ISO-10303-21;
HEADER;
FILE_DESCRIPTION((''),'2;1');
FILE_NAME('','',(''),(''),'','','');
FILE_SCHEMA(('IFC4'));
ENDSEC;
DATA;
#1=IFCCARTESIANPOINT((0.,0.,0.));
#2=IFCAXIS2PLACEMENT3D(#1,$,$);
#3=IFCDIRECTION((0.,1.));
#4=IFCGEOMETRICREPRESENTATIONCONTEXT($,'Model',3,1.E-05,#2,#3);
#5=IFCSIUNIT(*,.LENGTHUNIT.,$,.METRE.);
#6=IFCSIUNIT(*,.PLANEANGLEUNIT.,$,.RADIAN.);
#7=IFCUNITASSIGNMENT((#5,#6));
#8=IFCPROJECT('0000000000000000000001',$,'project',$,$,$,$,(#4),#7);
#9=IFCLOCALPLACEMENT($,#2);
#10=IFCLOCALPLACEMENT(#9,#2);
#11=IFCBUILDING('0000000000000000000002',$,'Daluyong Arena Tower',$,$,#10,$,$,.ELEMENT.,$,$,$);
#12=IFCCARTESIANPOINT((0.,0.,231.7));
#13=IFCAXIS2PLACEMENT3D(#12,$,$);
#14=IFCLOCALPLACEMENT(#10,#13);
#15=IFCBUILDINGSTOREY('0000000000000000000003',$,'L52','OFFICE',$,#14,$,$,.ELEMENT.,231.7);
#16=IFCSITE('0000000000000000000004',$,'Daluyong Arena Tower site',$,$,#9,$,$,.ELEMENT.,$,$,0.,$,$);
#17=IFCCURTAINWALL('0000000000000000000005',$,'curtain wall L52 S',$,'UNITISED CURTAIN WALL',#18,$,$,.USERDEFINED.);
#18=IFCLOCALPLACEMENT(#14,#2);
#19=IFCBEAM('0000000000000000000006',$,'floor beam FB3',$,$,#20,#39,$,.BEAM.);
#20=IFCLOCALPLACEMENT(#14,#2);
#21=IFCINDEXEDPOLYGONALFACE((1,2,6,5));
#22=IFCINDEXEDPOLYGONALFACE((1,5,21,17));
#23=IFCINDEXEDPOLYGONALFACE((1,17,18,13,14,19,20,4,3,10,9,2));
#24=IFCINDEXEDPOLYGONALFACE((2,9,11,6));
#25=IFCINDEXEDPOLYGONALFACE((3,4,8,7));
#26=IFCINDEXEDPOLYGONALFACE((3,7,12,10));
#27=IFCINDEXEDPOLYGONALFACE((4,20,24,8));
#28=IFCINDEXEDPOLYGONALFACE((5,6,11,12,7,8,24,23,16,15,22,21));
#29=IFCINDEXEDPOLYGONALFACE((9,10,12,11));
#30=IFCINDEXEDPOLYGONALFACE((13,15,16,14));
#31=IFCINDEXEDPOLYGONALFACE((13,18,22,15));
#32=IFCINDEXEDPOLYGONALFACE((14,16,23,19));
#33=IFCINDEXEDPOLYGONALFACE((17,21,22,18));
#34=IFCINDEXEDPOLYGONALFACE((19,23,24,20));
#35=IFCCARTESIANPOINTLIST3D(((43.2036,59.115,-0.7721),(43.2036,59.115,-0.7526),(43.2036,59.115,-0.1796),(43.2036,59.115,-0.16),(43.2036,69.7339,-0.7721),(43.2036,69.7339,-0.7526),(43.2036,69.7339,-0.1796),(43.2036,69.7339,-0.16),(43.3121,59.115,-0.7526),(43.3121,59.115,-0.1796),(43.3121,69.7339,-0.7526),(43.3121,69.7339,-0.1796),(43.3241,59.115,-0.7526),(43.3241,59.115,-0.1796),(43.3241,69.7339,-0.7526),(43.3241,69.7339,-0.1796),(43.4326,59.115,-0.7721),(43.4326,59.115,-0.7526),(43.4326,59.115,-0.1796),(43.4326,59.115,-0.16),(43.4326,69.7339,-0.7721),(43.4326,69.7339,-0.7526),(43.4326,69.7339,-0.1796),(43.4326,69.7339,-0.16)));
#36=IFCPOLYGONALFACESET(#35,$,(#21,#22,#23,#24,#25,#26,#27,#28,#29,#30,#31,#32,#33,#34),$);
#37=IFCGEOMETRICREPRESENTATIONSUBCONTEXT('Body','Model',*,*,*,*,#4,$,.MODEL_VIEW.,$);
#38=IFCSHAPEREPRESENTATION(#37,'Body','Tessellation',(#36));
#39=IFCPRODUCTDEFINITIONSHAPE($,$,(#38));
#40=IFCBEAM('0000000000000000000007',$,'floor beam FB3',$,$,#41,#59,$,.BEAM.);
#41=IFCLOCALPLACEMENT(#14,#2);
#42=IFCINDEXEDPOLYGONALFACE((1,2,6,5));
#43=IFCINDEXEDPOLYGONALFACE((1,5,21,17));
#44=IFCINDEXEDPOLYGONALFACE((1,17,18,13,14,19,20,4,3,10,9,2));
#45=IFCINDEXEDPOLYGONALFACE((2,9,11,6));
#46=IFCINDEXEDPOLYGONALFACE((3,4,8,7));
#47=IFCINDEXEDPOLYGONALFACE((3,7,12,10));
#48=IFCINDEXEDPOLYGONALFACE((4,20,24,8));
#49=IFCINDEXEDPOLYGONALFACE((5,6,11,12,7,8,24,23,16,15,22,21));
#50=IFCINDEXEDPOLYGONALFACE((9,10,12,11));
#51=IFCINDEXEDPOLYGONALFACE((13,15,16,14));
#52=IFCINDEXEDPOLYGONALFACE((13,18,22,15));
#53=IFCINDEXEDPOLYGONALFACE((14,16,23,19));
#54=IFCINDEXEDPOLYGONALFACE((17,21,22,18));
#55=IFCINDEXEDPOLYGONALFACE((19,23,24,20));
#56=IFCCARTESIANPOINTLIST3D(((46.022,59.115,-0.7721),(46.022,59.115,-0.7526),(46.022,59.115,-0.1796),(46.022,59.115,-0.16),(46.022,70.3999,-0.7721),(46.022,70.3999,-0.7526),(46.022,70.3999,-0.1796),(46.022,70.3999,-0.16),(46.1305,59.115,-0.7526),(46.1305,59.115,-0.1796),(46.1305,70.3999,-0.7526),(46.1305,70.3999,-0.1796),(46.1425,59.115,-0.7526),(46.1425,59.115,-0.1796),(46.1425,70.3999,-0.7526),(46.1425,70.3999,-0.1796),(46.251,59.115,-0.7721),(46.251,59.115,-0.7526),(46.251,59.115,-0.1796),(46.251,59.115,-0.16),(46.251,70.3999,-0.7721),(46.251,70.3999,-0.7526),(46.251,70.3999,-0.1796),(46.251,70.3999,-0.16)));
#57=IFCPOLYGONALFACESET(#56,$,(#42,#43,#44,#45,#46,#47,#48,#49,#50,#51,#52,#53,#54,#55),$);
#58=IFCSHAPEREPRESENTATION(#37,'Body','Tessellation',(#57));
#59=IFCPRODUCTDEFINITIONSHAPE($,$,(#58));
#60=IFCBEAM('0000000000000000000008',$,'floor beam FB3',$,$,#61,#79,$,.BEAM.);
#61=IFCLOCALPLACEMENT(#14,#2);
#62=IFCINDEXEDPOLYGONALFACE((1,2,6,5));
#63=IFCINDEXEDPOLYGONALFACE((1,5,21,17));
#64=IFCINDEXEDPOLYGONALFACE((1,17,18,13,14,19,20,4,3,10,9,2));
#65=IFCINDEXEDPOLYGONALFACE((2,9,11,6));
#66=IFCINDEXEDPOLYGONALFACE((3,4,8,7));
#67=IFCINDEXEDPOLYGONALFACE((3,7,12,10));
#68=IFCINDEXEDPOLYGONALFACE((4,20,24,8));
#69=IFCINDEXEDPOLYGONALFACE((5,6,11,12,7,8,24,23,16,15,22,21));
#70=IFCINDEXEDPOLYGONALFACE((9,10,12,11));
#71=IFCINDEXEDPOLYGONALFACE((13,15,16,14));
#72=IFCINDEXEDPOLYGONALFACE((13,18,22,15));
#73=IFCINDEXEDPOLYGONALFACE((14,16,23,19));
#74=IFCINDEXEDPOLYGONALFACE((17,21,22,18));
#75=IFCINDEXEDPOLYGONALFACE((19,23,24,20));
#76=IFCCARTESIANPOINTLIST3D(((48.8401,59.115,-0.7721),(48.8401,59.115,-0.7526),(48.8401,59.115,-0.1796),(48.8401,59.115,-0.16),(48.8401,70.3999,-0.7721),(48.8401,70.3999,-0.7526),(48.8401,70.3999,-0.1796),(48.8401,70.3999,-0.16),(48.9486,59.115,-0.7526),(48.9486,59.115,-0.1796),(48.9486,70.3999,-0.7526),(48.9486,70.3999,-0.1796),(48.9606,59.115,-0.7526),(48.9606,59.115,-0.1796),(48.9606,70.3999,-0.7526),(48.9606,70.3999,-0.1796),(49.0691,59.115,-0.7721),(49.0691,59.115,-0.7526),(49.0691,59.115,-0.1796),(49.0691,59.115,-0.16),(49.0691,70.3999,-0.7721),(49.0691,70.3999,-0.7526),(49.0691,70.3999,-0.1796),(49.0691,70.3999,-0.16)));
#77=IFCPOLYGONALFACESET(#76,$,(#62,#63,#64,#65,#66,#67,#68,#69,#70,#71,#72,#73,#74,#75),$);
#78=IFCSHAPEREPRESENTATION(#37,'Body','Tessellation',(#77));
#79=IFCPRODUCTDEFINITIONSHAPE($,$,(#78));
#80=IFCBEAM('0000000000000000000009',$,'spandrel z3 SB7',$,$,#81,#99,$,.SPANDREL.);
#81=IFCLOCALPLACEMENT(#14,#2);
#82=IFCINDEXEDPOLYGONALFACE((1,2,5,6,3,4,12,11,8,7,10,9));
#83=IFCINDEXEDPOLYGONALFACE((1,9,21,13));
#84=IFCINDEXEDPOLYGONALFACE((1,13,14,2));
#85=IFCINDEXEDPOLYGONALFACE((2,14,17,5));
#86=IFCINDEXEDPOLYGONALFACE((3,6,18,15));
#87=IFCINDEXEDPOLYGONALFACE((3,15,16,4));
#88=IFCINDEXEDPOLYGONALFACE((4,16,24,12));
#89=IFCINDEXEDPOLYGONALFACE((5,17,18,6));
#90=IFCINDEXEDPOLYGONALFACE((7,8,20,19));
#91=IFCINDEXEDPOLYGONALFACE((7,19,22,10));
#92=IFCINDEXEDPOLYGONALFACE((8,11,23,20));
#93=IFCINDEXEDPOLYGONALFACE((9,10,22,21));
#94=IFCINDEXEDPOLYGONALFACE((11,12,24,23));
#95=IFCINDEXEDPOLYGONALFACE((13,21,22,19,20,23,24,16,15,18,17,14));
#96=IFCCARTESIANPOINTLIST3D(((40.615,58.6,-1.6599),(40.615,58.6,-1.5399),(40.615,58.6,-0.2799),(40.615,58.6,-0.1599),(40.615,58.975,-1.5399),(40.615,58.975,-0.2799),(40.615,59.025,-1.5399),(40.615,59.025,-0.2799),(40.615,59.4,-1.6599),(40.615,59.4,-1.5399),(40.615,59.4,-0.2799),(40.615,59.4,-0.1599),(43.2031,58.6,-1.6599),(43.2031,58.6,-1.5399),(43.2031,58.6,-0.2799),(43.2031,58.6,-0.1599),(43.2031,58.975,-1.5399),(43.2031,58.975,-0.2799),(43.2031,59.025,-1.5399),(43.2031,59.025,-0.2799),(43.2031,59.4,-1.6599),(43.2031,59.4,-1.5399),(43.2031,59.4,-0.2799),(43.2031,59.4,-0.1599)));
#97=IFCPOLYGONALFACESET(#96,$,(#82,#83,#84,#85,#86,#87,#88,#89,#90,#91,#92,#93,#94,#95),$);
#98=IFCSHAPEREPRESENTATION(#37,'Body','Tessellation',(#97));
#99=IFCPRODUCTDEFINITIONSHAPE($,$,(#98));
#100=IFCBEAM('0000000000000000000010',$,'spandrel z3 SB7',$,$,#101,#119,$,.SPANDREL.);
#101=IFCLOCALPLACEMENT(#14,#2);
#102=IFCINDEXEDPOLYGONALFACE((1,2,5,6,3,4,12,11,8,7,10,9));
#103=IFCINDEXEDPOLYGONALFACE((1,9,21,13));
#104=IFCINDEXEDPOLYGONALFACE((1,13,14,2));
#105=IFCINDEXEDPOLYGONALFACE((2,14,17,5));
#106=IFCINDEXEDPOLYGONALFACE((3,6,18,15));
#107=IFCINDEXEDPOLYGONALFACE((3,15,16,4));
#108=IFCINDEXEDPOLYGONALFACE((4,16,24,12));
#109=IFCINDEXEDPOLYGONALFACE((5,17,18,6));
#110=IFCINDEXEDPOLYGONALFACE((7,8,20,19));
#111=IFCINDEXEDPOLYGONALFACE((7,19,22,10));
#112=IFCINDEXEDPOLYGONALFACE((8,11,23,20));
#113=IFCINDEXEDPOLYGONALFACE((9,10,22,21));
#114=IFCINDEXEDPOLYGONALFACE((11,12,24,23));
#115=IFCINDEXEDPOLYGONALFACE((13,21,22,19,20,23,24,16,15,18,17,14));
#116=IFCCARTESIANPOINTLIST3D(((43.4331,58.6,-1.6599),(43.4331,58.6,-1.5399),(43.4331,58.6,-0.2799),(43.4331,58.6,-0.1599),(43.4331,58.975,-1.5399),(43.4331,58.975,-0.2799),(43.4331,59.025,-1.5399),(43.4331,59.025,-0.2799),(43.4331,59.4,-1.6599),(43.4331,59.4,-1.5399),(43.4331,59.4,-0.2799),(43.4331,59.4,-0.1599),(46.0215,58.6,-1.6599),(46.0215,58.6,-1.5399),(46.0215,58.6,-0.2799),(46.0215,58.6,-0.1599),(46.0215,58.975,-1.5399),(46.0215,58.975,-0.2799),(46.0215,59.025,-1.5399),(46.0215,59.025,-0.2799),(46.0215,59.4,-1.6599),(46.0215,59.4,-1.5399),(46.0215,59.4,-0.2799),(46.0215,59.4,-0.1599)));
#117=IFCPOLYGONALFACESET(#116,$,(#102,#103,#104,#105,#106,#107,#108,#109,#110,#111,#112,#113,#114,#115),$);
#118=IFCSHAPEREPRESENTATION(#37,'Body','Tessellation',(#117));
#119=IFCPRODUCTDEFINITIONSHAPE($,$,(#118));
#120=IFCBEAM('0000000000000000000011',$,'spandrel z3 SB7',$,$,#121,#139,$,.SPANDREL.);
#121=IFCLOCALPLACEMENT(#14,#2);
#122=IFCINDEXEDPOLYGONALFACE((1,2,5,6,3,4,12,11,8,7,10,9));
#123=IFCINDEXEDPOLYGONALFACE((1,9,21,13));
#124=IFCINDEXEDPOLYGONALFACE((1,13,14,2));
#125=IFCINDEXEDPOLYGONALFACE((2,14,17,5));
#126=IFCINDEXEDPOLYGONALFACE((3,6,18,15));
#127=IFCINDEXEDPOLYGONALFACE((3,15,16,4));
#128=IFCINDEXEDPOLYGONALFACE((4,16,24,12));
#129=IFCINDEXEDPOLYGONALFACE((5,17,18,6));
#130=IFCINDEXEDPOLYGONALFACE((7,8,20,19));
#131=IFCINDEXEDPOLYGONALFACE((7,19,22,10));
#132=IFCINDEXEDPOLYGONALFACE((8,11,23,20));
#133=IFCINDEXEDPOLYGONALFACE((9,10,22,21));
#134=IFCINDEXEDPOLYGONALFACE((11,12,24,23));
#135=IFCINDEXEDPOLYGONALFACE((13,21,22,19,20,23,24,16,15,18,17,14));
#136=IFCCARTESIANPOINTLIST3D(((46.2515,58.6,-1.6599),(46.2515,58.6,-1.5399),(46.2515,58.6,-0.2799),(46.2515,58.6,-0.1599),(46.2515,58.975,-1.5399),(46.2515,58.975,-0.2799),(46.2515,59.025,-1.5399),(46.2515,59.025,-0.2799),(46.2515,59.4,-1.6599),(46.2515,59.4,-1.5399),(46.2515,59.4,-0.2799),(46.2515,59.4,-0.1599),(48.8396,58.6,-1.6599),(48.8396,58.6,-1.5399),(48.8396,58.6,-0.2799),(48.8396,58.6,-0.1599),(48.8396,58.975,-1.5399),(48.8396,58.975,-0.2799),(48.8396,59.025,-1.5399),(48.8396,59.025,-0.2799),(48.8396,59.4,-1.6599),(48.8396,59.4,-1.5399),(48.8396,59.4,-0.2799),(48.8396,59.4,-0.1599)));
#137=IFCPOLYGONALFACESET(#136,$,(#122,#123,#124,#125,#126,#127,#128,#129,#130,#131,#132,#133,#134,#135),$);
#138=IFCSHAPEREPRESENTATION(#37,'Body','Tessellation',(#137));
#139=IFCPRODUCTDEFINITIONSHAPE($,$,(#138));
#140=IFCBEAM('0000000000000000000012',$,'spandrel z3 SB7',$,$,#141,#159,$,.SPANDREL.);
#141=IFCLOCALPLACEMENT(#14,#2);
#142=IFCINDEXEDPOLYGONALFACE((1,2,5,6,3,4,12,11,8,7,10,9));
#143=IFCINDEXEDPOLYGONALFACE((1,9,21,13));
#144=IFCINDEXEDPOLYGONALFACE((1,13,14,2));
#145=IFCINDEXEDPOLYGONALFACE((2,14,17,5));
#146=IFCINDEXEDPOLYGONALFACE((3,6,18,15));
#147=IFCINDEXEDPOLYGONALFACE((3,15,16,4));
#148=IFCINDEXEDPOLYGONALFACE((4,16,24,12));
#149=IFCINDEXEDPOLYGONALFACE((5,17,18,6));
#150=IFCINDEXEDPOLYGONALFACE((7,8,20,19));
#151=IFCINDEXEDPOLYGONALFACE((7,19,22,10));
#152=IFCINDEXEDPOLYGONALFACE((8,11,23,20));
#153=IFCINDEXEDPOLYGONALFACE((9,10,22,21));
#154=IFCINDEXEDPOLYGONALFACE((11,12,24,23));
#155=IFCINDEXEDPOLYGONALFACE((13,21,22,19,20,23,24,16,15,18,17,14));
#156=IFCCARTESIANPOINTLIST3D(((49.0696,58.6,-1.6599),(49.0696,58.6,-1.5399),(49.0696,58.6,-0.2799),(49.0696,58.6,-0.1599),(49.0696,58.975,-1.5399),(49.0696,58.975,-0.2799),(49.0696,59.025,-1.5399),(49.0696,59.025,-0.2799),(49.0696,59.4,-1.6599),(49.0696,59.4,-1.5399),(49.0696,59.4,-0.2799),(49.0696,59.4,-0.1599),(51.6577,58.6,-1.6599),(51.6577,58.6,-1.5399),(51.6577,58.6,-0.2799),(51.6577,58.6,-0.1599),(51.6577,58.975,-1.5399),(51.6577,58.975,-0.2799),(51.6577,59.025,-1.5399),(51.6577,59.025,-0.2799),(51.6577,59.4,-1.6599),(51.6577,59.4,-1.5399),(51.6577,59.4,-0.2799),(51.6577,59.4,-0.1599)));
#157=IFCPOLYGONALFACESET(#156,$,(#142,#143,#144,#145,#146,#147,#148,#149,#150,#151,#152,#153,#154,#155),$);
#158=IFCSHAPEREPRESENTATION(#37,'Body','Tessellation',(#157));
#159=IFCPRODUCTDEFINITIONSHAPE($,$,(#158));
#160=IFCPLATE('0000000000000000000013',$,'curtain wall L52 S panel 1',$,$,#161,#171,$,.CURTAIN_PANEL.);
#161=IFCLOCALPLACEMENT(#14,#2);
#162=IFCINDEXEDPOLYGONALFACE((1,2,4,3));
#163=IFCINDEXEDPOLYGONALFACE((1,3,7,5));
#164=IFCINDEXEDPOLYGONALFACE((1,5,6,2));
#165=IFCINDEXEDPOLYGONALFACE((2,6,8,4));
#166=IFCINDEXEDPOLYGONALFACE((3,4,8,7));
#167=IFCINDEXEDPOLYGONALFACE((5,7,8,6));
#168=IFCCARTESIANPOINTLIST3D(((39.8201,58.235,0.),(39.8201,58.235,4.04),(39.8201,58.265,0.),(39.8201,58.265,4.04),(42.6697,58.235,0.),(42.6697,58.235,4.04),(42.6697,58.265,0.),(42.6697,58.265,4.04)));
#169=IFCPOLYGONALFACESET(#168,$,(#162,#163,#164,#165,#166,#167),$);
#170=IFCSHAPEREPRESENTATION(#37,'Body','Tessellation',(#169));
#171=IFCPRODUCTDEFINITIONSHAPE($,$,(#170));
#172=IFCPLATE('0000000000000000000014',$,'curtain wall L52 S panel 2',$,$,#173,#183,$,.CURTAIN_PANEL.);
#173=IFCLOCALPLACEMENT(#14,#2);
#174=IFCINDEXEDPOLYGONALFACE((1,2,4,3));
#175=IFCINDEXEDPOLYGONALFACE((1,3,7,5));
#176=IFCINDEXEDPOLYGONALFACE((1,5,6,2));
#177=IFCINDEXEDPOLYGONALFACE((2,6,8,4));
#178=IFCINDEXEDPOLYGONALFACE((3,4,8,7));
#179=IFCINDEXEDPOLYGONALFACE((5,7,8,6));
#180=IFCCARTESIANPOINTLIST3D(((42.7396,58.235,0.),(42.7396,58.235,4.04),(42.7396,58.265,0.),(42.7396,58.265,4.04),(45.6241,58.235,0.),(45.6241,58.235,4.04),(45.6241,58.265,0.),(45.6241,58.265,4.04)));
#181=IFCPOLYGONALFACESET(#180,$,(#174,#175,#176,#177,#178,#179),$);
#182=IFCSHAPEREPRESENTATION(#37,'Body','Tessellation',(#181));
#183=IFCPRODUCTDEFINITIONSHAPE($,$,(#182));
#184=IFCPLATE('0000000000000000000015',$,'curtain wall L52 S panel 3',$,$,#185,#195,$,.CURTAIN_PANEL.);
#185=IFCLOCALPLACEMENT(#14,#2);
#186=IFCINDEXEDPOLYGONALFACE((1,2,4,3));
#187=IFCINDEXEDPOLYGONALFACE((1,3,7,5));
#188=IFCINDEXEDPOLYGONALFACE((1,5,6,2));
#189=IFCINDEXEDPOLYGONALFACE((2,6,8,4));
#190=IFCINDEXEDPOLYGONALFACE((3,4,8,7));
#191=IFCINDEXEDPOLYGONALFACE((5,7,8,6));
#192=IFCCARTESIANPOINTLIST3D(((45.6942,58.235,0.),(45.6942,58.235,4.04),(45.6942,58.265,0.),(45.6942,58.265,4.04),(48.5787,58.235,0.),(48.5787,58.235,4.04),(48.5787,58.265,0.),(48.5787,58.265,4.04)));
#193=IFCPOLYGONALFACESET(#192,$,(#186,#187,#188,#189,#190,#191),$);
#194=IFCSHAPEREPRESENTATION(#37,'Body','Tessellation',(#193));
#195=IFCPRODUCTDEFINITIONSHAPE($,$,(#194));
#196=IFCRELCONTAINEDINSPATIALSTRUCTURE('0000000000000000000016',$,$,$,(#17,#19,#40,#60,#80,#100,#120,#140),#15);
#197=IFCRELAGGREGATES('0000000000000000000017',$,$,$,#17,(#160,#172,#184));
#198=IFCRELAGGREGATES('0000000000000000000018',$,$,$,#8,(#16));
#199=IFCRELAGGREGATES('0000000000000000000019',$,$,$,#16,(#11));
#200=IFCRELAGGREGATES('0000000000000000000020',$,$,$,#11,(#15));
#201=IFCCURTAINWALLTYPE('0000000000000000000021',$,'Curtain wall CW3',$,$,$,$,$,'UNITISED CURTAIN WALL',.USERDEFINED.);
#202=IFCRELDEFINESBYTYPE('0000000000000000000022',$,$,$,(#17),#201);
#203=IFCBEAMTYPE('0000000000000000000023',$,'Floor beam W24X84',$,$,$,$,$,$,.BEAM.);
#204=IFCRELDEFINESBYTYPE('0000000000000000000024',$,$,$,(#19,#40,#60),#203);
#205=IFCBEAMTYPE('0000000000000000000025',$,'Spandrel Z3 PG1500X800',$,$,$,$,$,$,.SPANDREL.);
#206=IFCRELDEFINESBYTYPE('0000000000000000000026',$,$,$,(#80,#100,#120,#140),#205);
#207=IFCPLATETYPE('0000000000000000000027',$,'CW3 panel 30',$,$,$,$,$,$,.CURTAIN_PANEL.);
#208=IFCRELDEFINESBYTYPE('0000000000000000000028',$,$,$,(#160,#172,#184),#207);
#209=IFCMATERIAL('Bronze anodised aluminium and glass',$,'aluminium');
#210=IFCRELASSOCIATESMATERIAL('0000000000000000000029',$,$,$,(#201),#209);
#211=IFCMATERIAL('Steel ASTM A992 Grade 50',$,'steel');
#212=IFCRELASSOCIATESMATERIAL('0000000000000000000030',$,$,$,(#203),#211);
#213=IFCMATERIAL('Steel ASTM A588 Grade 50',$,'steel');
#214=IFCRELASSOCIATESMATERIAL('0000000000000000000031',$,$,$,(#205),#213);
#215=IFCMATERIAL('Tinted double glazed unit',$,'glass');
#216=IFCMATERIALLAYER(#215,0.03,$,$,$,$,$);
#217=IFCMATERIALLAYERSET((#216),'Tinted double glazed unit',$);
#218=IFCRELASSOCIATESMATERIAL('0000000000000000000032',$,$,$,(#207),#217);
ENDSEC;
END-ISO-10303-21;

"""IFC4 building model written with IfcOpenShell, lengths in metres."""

from ifc_helpers import new_model, si_unit, direction, frame, origin, origin_2d, place, context, subcontext, project, spatial, rectangle, i_section, extrude, material, layer, layer_set, material_profile, profile_set, type_object, element, aggregate, save


model = new_model("IFC4")

# Units and contexts
model_context = context("Model", 3, precision=1e-05, world=origin(), true_north=direction((0.0, 1.0)))
body_context = subcontext(model_context, "Body", "Model", "MODEL_VIEW")
ifc_project = project(units=[si_unit("LENGTHUNIT", "METRE"), si_unit("PLANEANGLEUNIT", "RADIAN")], contexts=[model_context])

# Site, building, storey
site_placement = place(None, origin())
site = spatial("IfcSite", under=ifc_project, at=site_placement, Name="Daluyong Arena Tower site", CompositionType="ELEMENT", RefElevation=0.0)
building_placement = place(site_placement, origin())
building = spatial("IfcBuilding", under=site, at=building_placement, Name="Daluyong Arena Tower", CompositionType="ELEMENT")
storey_placement = place(building_placement, frame((0.0, 0.0, 231.7)))
storey = spatial("IfcBuildingStorey", under=building, at=storey_placement, Name="L52", Description="OFFICE", CompositionType="ELEMENT", Elevation=231.7)

# Curtain wall
ifc_material_1 = material(Name="Bronze anodised aluminium and glass", Category="aluminium")
curtain_wall_type_1 = type_object("IfcCurtainWallType", Name="Curtain wall CW3", ElementType="UNITISED CURTAIN WALL", PredefinedType="USERDEFINED", material=ifc_material_1)
curtain_wall_1_placement = place(storey_placement, origin())
curtain_wall_1 = element("IfcCurtainWall", 1, at=curtain_wall_1_placement, inside=storey, type_object=curtain_wall_type_1, Name="curtain wall L52 S", ObjectType="UNITISED CURTAIN WALL", PredefinedType="USERDEFINED")

# Beams
ifc_material_2 = material(Name="Steel ASTM A992 Grade 50", Category="steel")
ifc_material_profile_1 = material_profile(ifc_material_2, i_section(OverallWidth=0.229, OverallDepth=0.6121, WebThickness=0.012, FlangeThickness=0.0195, at=origin_2d()))
ifc_profile_set_1 = profile_set([ifc_material_profile_1], Name="Steel ASTM A992 Grade 50")
beam_type_1 = type_object("IfcBeamType", Name="Floor beam W24X84", PredefinedType="BEAM", material=ifc_profile_set_1)
beam_1_placement = place(storey_placement, frame((43.3181, 59.115, -0.4661), z_axis=(0.0, 1.0, 0.0), x_axis=(-1.0, 0.0, 0.0)))
element("IfcBeam", 2, at=beam_1_placement, inside=storey, type_object=beam_type_1, Name="floor beam FB3", PredefinedType="BEAM", context=body_context, shape_type="SweptSolid", body=[
    extrude(i_section(OverallWidth=0.229, OverallDepth=0.6121, WebThickness=0.012, FlangeThickness=0.0195, at=origin_2d()), origin(), (0.0, 0.0, 1.0), 10.6189),
])
for number, where, z_axis, x_axis, name in (
    (3, (46.1365, 59.115, -0.4661), (0.0, 1.0, 0.0), (-1.0, 0.0, 0.0), "floor beam FB3"),
    (4, (48.9546, 59.115, -0.4661), (0.0, 1.0, 0.0), (-1.0, 0.0, 0.0), "floor beam FB3"),
):
    element("IfcBeam", number, at=place(storey_placement, frame(where, z_axis=z_axis, x_axis=x_axis)), inside=storey, type_object=beam_type_1, Name=name, PredefinedType="BEAM", context=body_context, shape_type="SweptSolid", body=[
        extrude(i_section(OverallWidth=0.229, OverallDepth=0.6121, WebThickness=0.012, FlangeThickness=0.0195, at=origin_2d()), origin(), (0.0, 0.0, 1.0), 11.2849),
    ])
ifc_material_3 = material(Name="Steel ASTM A588 Grade 50", Category="steel")
ifc_material_profile_2 = material_profile(ifc_material_3, i_section(OverallWidth=0.8, OverallDepth=1.5, WebThickness=0.05, FlangeThickness=0.12, at=origin_2d()))
ifc_profile_set_2 = profile_set([ifc_material_profile_2], Name="Steel ASTM A588 Grade 50")
beam_type_2 = type_object("IfcBeamType", Name="Spandrel Z3 PG1500X800", PredefinedType="SPANDREL", material=ifc_profile_set_2)
beam_2_placement = place(storey_placement, frame((40.615, 59.0, -0.9099), z_axis=(1.0, 0.0, 0.0), x_axis=(0.0, 1.0, 0.0)))
element("IfcBeam", 5, at=beam_2_placement, inside=storey, type_object=beam_type_2, Name="spandrel z3 SB7", PredefinedType="SPANDREL", context=body_context, shape_type="SweptSolid", body=[
    extrude(i_section(OverallWidth=0.8, OverallDepth=1.5, WebThickness=0.05, FlangeThickness=0.12, at=origin_2d()), origin(), (0.0, 0.0, 1.0), 2.5881),
])
beam_3_placement = place(storey_placement, frame((43.4331, 59.0, -0.9099), z_axis=(1.0, 0.0, 0.0), x_axis=(0.0, 1.0, 0.0)))
element("IfcBeam", 6, at=beam_3_placement, inside=storey, type_object=beam_type_2, Name="spandrel z3 SB7", PredefinedType="SPANDREL", context=body_context, shape_type="SweptSolid", body=[
    extrude(i_section(OverallWidth=0.8, OverallDepth=1.5, WebThickness=0.05, FlangeThickness=0.12, at=origin_2d()), origin(), (0.0, 0.0, 1.0), 2.5884),
])
for number, where, z_axis, x_axis, name in (
    (7, (46.2515, 59.0, -0.9099), (1.0, 0.0, 0.0), (0.0, 1.0, 0.0), "spandrel z3 SB7"),
    (8, (49.0696, 59.0, -0.9099), (1.0, 0.0, 0.0), (0.0, 1.0, 0.0), "spandrel z3 SB7"),
):
    element("IfcBeam", number, at=place(storey_placement, frame(where, z_axis=z_axis, x_axis=x_axis)), inside=storey, type_object=beam_type_2, Name=name, PredefinedType="SPANDREL", context=body_context, shape_type="SweptSolid", body=[
        extrude(i_section(OverallWidth=0.8, OverallDepth=1.5, WebThickness=0.05, FlangeThickness=0.12, at=origin_2d()), origin(), (0.0, 0.0, 1.0), 2.5881),
    ])

# Plates
ifc_material_4 = material(Name="Tinted double glazed unit", Category="glass")
ifc_layer_1 = layer(ifc_material_4, 0.03)
ifc_layer_set_1 = layer_set([ifc_layer_1], Name="Tinted double glazed unit")
plate_type_1 = type_object("IfcPlateType", Name="CW3 panel 30", PredefinedType="CURTAIN_PANEL", material=ifc_layer_set_1)
plate_1_placement = place(storey_placement, frame((41.2449, 58.25, 0.0), z_axis=(0.0, 0.0, 1.0), x_axis=(1.0, 0.0, 0.0)))
plate_1 = element("IfcPlate", 9, at=plate_1_placement, type_object=plate_type_1, Name="curtain wall L52 S panel 1", PredefinedType="CURTAIN_PANEL", context=body_context, shape_type="SweptSolid", body=[
    extrude(rectangle(XDim=2.8496, YDim=0.03, at=origin_2d()), origin(), (0.0, 0.0, 1.0), 4.04),
])
plate_2_placement = place(storey_placement, frame((44.1819, 58.25, 0.0), z_axis=(0.0, 0.0, 1.0), x_axis=(1.0, 0.0, 0.0)))
plate_2 = element("IfcPlate", 10, at=plate_2_placement, type_object=plate_type_1, Name="curtain wall L52 S panel 2", PredefinedType="CURTAIN_PANEL", context=body_context, shape_type="SweptSolid", body=[
    extrude(rectangle(XDim=2.8845, YDim=0.03, at=origin_2d()), origin(), (0.0, 0.0, 1.0), 4.04),
])
plate_3_placement = place(storey_placement, frame((47.1365, 58.25, 0.0), z_axis=(0.0, 0.0, 1.0), x_axis=(1.0, 0.0, 0.0)))
plate_3 = element("IfcPlate", 11, at=plate_3_placement, type_object=plate_type_1, Name="curtain wall L52 S panel 3", PredefinedType="CURTAIN_PANEL", context=body_context, shape_type="SweptSolid", body=[
    extrude(rectangle(XDim=2.8845, YDim=0.03, at=origin_2d()), origin(), (0.0, 0.0, 1.0), 4.04),
])
aggregate(curtain_wall_1, [plate_1, plate_2, plate_3])

save(model, "model.ifc")
